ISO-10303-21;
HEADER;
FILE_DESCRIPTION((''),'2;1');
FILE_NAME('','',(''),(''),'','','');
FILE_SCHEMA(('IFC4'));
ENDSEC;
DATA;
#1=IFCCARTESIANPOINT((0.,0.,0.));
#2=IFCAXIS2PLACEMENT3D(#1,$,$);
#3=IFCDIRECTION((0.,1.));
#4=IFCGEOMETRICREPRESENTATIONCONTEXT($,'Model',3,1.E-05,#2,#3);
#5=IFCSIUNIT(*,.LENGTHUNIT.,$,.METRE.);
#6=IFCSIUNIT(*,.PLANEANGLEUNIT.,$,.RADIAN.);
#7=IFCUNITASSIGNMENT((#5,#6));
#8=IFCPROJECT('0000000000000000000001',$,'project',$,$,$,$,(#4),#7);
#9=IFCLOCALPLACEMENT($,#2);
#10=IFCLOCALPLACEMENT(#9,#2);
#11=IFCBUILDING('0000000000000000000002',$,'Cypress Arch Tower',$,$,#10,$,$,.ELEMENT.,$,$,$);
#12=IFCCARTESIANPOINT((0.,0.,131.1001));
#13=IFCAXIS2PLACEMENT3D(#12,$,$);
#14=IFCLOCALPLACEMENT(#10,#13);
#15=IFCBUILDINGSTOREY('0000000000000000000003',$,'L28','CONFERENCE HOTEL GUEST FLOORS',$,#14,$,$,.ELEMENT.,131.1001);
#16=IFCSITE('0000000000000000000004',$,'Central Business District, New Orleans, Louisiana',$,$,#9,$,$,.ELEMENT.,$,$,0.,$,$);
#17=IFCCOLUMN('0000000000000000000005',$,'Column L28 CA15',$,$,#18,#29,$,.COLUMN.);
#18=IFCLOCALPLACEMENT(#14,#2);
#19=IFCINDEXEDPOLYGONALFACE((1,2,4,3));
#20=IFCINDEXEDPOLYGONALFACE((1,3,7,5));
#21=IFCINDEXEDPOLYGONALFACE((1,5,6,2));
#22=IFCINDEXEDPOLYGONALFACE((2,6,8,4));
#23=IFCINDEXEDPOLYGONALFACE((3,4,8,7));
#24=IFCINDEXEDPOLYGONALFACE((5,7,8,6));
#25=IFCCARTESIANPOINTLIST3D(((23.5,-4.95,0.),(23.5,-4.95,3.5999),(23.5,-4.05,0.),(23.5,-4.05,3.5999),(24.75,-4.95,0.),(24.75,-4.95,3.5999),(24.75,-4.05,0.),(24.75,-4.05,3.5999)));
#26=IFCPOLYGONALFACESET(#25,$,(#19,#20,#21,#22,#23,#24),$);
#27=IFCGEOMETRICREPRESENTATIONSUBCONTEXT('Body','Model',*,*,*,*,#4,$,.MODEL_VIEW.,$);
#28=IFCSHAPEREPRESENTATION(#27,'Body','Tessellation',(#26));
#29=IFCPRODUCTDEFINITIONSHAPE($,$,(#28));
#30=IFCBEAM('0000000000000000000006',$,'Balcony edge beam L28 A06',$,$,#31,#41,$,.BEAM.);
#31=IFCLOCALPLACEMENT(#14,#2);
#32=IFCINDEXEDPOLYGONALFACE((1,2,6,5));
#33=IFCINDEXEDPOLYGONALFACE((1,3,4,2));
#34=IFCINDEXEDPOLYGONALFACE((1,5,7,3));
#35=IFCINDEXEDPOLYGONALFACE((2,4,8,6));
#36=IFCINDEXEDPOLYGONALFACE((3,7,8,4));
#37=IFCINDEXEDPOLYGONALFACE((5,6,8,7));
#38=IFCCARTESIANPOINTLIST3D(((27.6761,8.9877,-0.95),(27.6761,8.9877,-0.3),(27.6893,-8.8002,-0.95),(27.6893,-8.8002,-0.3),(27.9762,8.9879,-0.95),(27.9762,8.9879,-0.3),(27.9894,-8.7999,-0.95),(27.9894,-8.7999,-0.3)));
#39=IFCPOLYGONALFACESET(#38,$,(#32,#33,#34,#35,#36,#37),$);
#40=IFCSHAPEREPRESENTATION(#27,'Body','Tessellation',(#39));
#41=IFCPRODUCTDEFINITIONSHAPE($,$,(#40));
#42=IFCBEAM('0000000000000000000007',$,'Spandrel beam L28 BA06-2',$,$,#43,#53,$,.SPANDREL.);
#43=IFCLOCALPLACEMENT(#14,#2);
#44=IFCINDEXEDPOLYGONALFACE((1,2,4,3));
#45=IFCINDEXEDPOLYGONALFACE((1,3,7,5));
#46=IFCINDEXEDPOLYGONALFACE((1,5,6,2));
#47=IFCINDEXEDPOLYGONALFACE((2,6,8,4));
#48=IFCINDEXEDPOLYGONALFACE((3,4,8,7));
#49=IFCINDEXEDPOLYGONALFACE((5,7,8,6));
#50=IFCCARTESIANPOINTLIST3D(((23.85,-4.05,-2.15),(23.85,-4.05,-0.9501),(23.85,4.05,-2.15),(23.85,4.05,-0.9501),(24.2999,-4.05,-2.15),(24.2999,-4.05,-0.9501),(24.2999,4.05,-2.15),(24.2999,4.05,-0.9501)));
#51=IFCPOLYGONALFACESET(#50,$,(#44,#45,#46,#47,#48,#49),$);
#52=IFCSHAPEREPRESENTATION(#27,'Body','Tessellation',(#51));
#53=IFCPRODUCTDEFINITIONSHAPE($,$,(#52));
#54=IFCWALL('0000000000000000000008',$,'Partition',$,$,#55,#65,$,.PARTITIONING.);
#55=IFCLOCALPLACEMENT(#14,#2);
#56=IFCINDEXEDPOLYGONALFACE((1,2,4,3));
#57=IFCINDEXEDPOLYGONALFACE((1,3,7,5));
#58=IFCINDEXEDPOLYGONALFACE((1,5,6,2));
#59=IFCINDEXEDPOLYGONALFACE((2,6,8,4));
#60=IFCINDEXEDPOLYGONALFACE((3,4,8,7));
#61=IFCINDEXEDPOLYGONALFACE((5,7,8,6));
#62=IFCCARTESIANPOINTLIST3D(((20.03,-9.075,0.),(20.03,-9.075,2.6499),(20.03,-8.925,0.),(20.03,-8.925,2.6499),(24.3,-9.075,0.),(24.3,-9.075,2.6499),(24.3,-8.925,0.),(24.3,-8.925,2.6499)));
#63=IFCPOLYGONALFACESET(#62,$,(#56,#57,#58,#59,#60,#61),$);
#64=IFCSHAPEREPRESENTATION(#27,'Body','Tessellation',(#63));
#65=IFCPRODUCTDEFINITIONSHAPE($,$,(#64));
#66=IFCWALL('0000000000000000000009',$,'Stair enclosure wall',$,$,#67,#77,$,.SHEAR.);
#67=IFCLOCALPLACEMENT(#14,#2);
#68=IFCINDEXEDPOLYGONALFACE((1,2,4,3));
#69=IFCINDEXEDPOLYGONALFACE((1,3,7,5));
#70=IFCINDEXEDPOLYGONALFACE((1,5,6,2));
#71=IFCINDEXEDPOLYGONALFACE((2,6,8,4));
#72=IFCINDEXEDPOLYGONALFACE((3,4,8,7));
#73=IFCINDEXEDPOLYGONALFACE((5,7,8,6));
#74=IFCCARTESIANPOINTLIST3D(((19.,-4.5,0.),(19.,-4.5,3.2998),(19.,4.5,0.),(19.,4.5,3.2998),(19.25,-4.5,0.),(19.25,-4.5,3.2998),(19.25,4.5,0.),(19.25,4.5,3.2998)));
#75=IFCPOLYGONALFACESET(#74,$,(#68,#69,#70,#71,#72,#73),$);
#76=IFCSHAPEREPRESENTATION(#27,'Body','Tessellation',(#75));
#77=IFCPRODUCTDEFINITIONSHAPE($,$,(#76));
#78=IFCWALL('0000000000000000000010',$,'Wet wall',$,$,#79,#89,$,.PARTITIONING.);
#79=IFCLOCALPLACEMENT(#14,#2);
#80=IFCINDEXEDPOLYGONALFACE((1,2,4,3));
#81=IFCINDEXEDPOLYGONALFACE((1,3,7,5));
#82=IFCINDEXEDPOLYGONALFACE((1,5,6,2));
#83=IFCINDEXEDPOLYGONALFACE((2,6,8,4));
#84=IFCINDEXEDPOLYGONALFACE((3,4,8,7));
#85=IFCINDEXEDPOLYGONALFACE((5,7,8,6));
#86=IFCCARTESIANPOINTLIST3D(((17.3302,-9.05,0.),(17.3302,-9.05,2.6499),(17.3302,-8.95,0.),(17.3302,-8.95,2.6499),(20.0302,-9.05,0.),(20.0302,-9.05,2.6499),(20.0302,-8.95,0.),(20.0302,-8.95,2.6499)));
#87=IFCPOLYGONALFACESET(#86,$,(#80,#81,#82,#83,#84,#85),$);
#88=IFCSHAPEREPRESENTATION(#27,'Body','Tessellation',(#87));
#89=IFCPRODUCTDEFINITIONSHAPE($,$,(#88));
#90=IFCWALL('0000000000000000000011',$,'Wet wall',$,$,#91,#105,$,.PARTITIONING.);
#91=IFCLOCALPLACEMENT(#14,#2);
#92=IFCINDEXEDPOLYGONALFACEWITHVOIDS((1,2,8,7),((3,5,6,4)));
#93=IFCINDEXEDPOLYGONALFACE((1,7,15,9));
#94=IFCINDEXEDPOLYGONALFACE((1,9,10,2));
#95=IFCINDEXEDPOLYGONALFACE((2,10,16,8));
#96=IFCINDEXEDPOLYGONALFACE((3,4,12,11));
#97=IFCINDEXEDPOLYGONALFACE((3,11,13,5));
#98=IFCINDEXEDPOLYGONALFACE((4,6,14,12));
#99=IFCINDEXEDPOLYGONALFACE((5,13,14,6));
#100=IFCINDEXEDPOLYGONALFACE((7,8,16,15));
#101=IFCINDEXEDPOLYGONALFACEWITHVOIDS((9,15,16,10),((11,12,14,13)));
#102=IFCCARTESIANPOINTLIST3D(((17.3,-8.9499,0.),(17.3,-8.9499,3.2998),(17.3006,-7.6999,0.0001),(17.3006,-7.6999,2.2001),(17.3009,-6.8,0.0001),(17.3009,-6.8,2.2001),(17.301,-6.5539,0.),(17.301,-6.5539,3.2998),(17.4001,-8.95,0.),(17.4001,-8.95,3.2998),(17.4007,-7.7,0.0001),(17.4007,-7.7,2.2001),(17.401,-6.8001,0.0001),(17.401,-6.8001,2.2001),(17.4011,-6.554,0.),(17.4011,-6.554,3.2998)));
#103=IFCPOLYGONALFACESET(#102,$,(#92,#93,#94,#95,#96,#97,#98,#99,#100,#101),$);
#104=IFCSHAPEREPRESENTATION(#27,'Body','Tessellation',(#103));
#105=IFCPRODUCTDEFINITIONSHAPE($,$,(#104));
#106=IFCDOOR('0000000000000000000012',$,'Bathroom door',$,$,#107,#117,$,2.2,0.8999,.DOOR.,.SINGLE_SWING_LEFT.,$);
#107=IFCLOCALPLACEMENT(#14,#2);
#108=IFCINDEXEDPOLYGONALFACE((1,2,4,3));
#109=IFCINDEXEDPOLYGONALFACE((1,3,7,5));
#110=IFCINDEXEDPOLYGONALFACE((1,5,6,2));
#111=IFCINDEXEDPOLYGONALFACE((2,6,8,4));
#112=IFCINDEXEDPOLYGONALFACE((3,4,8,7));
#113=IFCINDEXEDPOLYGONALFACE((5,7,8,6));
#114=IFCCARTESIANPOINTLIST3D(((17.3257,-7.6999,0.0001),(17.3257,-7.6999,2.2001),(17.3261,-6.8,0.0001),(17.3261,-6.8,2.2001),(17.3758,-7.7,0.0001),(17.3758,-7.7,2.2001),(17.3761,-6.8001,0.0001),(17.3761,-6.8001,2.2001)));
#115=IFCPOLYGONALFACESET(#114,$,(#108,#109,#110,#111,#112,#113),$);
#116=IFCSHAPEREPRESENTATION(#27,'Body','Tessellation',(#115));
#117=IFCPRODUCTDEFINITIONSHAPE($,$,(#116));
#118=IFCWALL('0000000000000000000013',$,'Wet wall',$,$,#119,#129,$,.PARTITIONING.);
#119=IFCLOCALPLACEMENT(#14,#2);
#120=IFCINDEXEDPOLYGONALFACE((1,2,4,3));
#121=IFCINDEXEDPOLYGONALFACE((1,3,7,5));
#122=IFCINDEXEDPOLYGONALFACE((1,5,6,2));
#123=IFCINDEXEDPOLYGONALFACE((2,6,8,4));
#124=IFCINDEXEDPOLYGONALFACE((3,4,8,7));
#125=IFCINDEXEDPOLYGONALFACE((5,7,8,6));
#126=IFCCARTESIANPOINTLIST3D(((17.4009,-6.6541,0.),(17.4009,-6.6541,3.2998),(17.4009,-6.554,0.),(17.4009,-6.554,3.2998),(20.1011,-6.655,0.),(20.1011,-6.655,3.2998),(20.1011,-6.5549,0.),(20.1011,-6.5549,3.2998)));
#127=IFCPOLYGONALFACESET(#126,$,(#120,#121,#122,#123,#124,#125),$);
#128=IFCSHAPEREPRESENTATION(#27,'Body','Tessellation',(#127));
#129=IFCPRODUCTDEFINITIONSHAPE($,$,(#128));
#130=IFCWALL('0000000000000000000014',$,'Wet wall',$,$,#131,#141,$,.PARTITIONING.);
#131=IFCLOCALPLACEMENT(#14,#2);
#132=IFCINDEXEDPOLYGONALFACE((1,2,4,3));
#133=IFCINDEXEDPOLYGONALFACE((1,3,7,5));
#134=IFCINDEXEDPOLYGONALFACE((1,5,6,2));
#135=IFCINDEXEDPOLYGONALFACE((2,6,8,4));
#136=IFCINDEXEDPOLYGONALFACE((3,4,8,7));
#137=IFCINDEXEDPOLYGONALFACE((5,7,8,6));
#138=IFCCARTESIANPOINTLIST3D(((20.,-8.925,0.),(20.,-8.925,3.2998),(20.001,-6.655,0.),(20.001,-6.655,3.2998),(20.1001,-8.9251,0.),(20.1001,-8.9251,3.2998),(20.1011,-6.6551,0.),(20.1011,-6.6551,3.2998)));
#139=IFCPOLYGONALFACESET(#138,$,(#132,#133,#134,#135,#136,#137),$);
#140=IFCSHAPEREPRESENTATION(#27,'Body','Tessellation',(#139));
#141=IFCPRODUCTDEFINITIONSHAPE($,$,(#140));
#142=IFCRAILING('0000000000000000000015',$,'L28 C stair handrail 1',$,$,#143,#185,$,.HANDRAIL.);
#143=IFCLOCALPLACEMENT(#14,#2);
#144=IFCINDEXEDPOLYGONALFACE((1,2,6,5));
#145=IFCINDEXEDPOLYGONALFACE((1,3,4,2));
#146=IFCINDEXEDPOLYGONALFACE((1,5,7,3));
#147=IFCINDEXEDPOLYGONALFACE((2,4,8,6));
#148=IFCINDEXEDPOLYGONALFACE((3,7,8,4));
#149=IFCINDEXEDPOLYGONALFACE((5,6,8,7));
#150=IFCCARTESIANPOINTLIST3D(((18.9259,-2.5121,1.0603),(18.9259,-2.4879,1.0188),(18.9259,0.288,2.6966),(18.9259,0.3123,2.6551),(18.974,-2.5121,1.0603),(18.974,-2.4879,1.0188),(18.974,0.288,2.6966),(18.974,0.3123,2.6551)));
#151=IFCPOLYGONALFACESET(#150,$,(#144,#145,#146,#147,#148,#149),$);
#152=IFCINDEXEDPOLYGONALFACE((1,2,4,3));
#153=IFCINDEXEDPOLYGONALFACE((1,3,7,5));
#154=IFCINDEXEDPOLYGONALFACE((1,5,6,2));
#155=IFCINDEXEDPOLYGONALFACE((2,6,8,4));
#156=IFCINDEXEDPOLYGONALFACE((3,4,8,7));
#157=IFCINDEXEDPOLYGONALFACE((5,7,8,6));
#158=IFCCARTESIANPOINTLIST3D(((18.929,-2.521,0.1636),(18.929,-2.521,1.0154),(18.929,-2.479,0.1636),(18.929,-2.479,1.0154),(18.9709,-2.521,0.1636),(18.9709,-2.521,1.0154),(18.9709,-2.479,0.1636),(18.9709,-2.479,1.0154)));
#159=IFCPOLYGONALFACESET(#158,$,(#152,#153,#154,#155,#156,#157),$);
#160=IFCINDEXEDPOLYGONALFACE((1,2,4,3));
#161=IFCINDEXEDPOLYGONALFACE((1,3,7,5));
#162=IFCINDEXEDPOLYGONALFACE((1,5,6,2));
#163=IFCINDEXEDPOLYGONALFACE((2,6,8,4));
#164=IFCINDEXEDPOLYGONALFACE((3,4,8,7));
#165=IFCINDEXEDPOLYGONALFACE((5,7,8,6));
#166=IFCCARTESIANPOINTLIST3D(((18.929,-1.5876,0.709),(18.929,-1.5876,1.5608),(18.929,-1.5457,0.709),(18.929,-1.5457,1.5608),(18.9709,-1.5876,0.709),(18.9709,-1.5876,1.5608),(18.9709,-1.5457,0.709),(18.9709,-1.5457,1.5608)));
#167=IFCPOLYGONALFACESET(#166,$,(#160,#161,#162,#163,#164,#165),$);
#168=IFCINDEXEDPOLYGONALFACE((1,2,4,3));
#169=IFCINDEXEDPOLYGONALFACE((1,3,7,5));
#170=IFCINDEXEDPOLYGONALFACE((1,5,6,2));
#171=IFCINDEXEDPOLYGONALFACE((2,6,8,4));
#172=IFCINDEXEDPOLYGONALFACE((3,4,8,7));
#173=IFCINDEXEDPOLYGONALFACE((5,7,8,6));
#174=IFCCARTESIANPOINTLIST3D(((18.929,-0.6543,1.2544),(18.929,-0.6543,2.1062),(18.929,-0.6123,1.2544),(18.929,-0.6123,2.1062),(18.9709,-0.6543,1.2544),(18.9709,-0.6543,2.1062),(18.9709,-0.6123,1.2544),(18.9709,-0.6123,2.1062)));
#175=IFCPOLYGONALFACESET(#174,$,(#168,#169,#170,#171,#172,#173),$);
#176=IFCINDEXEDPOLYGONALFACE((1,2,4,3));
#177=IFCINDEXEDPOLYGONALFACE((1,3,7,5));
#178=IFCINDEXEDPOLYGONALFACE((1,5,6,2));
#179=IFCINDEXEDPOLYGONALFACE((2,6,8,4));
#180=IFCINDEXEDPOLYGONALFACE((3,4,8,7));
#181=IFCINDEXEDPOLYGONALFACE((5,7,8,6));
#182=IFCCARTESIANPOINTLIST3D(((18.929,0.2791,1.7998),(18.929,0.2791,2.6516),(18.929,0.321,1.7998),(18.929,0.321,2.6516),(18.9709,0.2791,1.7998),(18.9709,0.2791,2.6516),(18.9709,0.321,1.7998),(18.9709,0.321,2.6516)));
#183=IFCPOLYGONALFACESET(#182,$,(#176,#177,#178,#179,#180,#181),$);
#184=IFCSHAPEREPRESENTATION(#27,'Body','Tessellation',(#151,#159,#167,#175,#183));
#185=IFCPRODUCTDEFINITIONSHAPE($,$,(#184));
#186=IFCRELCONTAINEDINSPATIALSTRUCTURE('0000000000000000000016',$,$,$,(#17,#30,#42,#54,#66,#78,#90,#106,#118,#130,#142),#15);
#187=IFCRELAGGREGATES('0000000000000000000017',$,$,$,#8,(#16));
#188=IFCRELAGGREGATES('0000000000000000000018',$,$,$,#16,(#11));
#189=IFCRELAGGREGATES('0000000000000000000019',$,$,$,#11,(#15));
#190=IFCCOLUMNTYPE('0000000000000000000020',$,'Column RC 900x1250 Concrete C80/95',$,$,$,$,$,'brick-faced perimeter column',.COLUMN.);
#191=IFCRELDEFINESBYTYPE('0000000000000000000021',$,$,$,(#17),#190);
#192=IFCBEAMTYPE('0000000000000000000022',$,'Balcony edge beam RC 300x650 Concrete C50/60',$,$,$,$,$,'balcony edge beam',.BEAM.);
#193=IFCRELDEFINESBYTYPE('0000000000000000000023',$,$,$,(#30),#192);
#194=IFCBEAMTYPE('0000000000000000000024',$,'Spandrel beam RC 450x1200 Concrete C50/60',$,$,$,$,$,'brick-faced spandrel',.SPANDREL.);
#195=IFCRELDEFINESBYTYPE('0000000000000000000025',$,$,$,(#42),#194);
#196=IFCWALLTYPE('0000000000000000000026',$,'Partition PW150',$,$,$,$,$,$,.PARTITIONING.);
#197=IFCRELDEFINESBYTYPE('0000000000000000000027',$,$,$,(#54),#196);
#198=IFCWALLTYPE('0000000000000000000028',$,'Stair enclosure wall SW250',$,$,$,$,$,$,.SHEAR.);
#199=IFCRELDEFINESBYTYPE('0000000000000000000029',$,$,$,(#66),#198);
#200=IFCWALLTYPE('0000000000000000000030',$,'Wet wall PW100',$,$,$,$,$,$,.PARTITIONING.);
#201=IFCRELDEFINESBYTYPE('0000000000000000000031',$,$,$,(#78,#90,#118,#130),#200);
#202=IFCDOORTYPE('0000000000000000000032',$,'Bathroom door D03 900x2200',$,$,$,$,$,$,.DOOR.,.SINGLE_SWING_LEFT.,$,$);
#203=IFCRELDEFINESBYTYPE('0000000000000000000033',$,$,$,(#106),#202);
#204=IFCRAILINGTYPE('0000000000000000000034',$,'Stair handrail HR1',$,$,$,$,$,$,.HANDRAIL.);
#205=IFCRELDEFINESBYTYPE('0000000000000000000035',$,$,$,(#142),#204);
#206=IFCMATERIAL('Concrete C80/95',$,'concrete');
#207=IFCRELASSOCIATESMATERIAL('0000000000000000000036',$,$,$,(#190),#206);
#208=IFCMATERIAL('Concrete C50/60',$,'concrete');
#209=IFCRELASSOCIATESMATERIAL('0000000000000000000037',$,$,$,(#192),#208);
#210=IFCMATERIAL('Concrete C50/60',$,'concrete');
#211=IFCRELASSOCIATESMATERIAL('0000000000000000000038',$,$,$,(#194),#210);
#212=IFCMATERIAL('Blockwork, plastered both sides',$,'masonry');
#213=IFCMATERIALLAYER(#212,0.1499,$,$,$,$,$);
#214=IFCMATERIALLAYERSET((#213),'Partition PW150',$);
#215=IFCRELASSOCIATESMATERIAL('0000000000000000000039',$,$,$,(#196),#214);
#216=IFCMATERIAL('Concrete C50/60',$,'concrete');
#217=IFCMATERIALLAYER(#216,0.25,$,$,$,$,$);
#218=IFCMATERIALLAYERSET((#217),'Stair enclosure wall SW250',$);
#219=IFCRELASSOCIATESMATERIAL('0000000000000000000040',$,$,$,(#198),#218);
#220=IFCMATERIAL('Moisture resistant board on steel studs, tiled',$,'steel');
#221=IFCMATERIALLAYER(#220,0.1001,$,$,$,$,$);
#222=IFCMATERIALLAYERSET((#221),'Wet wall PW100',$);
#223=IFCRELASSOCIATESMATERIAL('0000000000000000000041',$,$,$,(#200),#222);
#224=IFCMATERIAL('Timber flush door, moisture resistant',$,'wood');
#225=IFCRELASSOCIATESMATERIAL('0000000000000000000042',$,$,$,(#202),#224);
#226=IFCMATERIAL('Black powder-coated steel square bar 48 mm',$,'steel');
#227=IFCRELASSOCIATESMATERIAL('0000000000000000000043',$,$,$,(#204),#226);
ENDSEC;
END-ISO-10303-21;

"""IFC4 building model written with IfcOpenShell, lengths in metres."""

from ifc_helpers import new_model, si_unit, direction, frame, frame_2d, origin, origin_2d, place, context, subcontext, project, spatial, rectangle, extrude, material, layer, layer_set, material_profile, profile_set, type_object, element, fill, save


model = new_model("IFC4")

# Units and contexts
model_context = context("Model", 3, precision=1e-05, world=origin(), true_north=direction((0.0, 1.0)))
body_context = subcontext(model_context, "Body", "Model", "MODEL_VIEW")
ifc_project = project(units=[si_unit("LENGTHUNIT", "METRE"), si_unit("PLANEANGLEUNIT", "RADIAN")], contexts=[model_context])

# Site, building, storey
site_placement = place(None, origin())
site = spatial("IfcSite", under=ifc_project, at=site_placement, Name="Central Business District, New Orleans, Louisiana", CompositionType="ELEMENT", RefElevation=0.0)
building_placement = place(site_placement, origin())
building = spatial("IfcBuilding", under=site, at=building_placement, Name="Cypress Arch Tower", CompositionType="ELEMENT")
storey_placement = place(building_placement, frame((0.0, 0.0, 131.1001)))
storey = spatial("IfcBuildingStorey", under=building, at=storey_placement, Name="L28", Description="CONFERENCE HOTEL GUEST FLOORS", CompositionType="ELEMENT", Elevation=131.1001)

# Column
ifc_material_1 = material(Name="Concrete C80/95", Category="concrete")
ifc_material_profile_1 = material_profile(ifc_material_1, rectangle(XDim=0.8999, YDim=1.25, at=origin_2d()), Name="RC 900x1250")
ifc_profile_set_1 = profile_set([ifc_material_profile_1], Name="Concrete C80/95")
column_type = type_object("IfcColumnType", Name="Column RC 900x1250 Concrete C80/95", ElementType="brick-faced perimeter column", PredefinedType="COLUMN", material=ifc_profile_set_1)
column_placement = place(storey_placement, frame((24.125, -4.5, 0.0), z_axis=(0.0, 0.0, 1.0), x_axis=(0.0, 1.0, 0.0)))
element("IfcColumn", 1, at=column_placement, inside=storey, type_object=column_type, Name="Column L28 CA15", PredefinedType="COLUMN", context=body_context, shape_type="SweptSolid", body=[
    extrude(rectangle(XDim=0.8999, YDim=1.25, at=origin_2d()), origin(), (0.0, 0.0, 1.0), 3.5999),
])

# Beams
ifc_material_2 = material(Name="Concrete C50/60", Category="concrete")
ifc_material_profile_2 = material_profile(ifc_material_2, rectangle(XDim=0.3, YDim=0.6499, at=origin_2d()), Name="RC 300x650")
ifc_profile_set_2 = profile_set([ifc_material_profile_2], Name="Concrete C50/60")
beam_type_1 = type_object("IfcBeamType", Name="Balcony edge beam RC 300x650 Concrete C50/60", ElementType="balcony edge beam", PredefinedType="BEAM", material=ifc_profile_set_2)
beam_1_placement = place(storey_placement, frame((27.8394, -8.8, -0.625), z_axis=(-0.000741, 1.0, 0.0), x_axis=(-1.0, -0.000741, 0.0)))
element("IfcBeam", 2, at=beam_1_placement, inside=storey, type_object=beam_type_1, Name="Balcony edge beam L28 A06", PredefinedType="BEAM", context=body_context, shape_type="SweptSolid", body=[
    extrude(rectangle(XDim=0.3, YDim=0.6499, at=origin_2d()), origin(), (0.0, 0.0, 1.0), 17.7878),
])
ifc_material_3 = material(Name="Concrete C50/60", Category="concrete")
ifc_material_profile_3 = material_profile(ifc_material_3, rectangle(XDim=0.45, YDim=1.2, at=origin_2d()), Name="RC 450x1200")
ifc_profile_set_3 = profile_set([ifc_material_profile_3], Name="Concrete C50/60")
beam_type_2 = type_object("IfcBeamType", Name="Spandrel beam RC 450x1200 Concrete C50/60", ElementType="brick-faced spandrel", PredefinedType="SPANDREL", material=ifc_profile_set_3)
beam_2_placement = place(storey_placement, frame((24.075, -4.05, -1.55), z_axis=(0.0, 1.0, 0.0), x_axis=(-1.0, 0.0, 0.0)))
element("IfcBeam", 3, at=beam_2_placement, inside=storey, type_object=beam_type_2, Name="Spandrel beam L28 BA06-2", PredefinedType="SPANDREL", context=body_context, shape_type="SweptSolid", body=[
    extrude(rectangle(XDim=0.45, YDim=1.2, at=origin_2d()), origin(), (0.0, 0.0, 1.0), 8.1001),
])

# Walls
ifc_material_4 = material(Name="Blockwork, plastered both sides", Category="masonry")
ifc_layer_1 = layer(ifc_material_4, 0.1499)
ifc_layer_set_1 = layer_set([ifc_layer_1], Name="Partition PW150")
wall_type_1 = type_object("IfcWallType", Name="Partition PW150", PredefinedType="PARTITIONING", material=ifc_layer_set_1)
wall_1_placement = place(storey_placement, frame((20.03, -9.0, 0.0), z_axis=(0.0, 0.0, 1.0), x_axis=(1.0, 0.0, 0.0)))
element("IfcWall", 4, at=wall_1_placement, inside=storey, type_object=wall_type_1, Name="Partition", PredefinedType="PARTITIONING", context=body_context, shape_type="SweptSolid", body=[
    extrude(rectangle(XDim=4.27, YDim=0.1499, at=frame_2d((2.135, 0.0))), origin(), (0.0, 0.0, 1.0), 2.6499),
])
ifc_material_5 = material(Name="Concrete C50/60", Category="concrete")
ifc_layer_2 = layer(ifc_material_5, 0.25)
ifc_layer_set_2 = layer_set([ifc_layer_2], Name="Stair enclosure wall SW250")
wall_type_2 = type_object("IfcWallType", Name="Stair enclosure wall SW250", PredefinedType="SHEAR", material=ifc_layer_set_2)
wall_2_placement = place(storey_placement, frame((19.125, -4.5, 0.0), z_axis=(0.0, 0.0, 1.0), x_axis=(0.0, 1.0, 0.0)))
element("IfcWall", 5, at=wall_2_placement, inside=storey, type_object=wall_type_2, Name="Stair enclosure wall", PredefinedType="SHEAR", context=body_context, shape_type="SweptSolid", body=[
    extrude(rectangle(XDim=9.0, YDim=0.25, at=frame_2d((4.5, 0.0))), origin(), (0.0, 0.0, 1.0), 3.2998),
])
ifc_material_6 = material(Name="Moisture resistant board on steel studs, tiled", Category="steel")
ifc_layer_3 = layer(ifc_material_6, 0.1001)
ifc_layer_set_3 = layer_set([ifc_layer_3], Name="Wet wall PW100")
wall_type_3 = type_object("IfcWallType", Name="Wet wall PW100", PredefinedType="PARTITIONING", material=ifc_layer_set_3)
wall_3_placement = place(storey_placement, frame((17.3301, -9.0, 0.0), z_axis=(0.0, 0.0, 1.0), x_axis=(1.0, 0.0, 0.0)))
element("IfcWall", 6, at=wall_3_placement, inside=storey, type_object=wall_type_3, Name="Wet wall", PredefinedType="PARTITIONING", context=body_context, shape_type="SweptSolid", body=[
    extrude(rectangle(XDim=2.7, YDim=0.1001, at=frame_2d((1.3501, 0.0))), origin(), (0.0, 0.0, 1.0), 2.6499),
])

# Wall, opening, door
wall_4_placement = place(storey_placement, frame((17.3501, -8.95, 0.0), z_axis=(0.0, 0.0, 1.0), x_axis=(0.000408, 1.0, 0.0)))
wall_4 = element("IfcWall", 7, at=wall_4_placement, inside=storey, type_object=wall_type_3, Name="Wet wall", PredefinedType="PARTITIONING", context=body_context, shape_type="SweptSolid", body=[
    extrude(rectangle(XDim=2.396, YDim=0.1001, at=frame_2d((1.198, 0.0))), origin(), (0.0, 0.0, 1.0), 3.2998),
])
opening_1_placement = place(wall_4_placement, frame((1.25, 0.0, 0.0)))
opening_1 = element("IfcOpeningElement", 8, at=opening_1_placement, cuts=wall_4, PredefinedType="OPENING", context=body_context, shape_type="SweptSolid", body=[
    extrude(rectangle(XDim=0.8999, YDim=2.2, at=frame_2d((0.45, 1.1001))), frame((0.0, 0.0601, 0.0), z_axis=(0.0, -1.0, 0.0), x_axis=(1.0, 0.0, 0.0)), (0.0, 0.0, 1.0), 0.1201),
])
ifc_material_7 = material(Name="Timber flush door, moisture resistant", Category="wood")
door_type_1 = type_object("IfcDoorType", Name="Bathroom door D03 900x2200", OperationType="SINGLE_SWING_LEFT", PredefinedType="DOOR", material=ifc_material_7)
door_1_placement = place(opening_1_placement, origin())
door_1 = element("IfcDoor", 9, at=door_1_placement, inside=storey, type_object=door_type_1, Name="Bathroom door", OperationType="SINGLE_SWING_LEFT", OverallHeight=2.2, OverallWidth=0.8999, PredefinedType="DOOR", context=body_context, shape_type="SweptSolid", body=[
    extrude(rectangle(XDim=0.8999, YDim=2.2, at=frame_2d((0.45, 1.1001))), frame((0.0, 0.0249, 0.0), z_axis=(0.0, -1.0, 0.0), x_axis=(1.0, 0.0, 0.0)), (0.0, 0.0, 1.0), 0.05),
])
fill(opening_1, door_1)

# Walls
wall_5_placement = place(storey_placement, frame((17.4009, -6.604, 0.0), z_axis=(0.0, 0.0, 1.0), x_axis=(1.0, -0.000362, 0.0)))
element("IfcWall", 10, at=wall_5_placement, inside=storey, type_object=wall_type_3, Name="Wet wall", PredefinedType="PARTITIONING", context=body_context, shape_type="SweptSolid", body=[
    extrude(rectangle(XDim=2.7002, YDim=0.1001, at=frame_2d((1.3501, 0.0))), origin(), (0.0, 0.0, 1.0), 3.2998),
])
wall_6_placement = place(storey_placement, frame((20.05, -8.925, 0.0), z_axis=(0.0, 0.0, 1.0), x_axis=(0.00043, 1.0, 0.0)))
element("IfcWall", 11, at=wall_6_placement, inside=storey, type_object=wall_type_3, Name="Wet wall", PredefinedType="PARTITIONING", context=body_context, shape_type="SweptSolid", body=[
    extrude(rectangle(XDim=2.27, YDim=0.1001, at=frame_2d((1.135, 0.0))), origin(), (0.0, 0.0, 1.0), 3.2998),
])

# Railing
ifc_material_8 = material(Name="Black powder-coated steel square bar 48 mm", Category="steel")
railing_type_1 = type_object("IfcRailingType", Name="Stair handrail HR1", PredefinedType="HANDRAIL", material=ifc_material_8)
railing_1_placement = place(storey_placement, frame((18.95, -2.5, 0.1636)))
element("IfcRailing", 12, at=railing_1_placement, inside=storey, type_object=railing_type_1, Name="L28 C stair handrail 1", PredefinedType="HANDRAIL", context=body_context, shape_type="SweptSolid", body=[
    extrude(rectangle(XDim=0.0481, YDim=0.0481, at=origin_2d()), frame((0.0, 0.0, 0.876), z_axis=(0.0, 0.863394, 0.504531), x_axis=(-1.0, 0.0, 0.0)), (0.0, 0.0, 1.0), 3.2432),
    extrude(rectangle(XDim=0.042, YDim=0.042, at=origin_2d()), origin(), (0.0, 0.0, 1.0), 0.8518),
    extrude(rectangle(XDim=0.042, YDim=0.042, at=origin_2d()), frame((0.0, 0.9333, 0.5454)), (0.0, 0.0, 1.0), 0.8518),
    extrude(rectangle(XDim=0.042, YDim=0.042, at=origin_2d()), frame((0.0, 1.8667, 1.0908)), (0.0, 0.0, 1.0), 0.8518),
    extrude(rectangle(XDim=0.042, YDim=0.042, at=origin_2d()), frame((0.0, 2.8, 1.6362)), (0.0, 0.0, 1.0), 0.8518),
])

save(model, "model.ifc")
